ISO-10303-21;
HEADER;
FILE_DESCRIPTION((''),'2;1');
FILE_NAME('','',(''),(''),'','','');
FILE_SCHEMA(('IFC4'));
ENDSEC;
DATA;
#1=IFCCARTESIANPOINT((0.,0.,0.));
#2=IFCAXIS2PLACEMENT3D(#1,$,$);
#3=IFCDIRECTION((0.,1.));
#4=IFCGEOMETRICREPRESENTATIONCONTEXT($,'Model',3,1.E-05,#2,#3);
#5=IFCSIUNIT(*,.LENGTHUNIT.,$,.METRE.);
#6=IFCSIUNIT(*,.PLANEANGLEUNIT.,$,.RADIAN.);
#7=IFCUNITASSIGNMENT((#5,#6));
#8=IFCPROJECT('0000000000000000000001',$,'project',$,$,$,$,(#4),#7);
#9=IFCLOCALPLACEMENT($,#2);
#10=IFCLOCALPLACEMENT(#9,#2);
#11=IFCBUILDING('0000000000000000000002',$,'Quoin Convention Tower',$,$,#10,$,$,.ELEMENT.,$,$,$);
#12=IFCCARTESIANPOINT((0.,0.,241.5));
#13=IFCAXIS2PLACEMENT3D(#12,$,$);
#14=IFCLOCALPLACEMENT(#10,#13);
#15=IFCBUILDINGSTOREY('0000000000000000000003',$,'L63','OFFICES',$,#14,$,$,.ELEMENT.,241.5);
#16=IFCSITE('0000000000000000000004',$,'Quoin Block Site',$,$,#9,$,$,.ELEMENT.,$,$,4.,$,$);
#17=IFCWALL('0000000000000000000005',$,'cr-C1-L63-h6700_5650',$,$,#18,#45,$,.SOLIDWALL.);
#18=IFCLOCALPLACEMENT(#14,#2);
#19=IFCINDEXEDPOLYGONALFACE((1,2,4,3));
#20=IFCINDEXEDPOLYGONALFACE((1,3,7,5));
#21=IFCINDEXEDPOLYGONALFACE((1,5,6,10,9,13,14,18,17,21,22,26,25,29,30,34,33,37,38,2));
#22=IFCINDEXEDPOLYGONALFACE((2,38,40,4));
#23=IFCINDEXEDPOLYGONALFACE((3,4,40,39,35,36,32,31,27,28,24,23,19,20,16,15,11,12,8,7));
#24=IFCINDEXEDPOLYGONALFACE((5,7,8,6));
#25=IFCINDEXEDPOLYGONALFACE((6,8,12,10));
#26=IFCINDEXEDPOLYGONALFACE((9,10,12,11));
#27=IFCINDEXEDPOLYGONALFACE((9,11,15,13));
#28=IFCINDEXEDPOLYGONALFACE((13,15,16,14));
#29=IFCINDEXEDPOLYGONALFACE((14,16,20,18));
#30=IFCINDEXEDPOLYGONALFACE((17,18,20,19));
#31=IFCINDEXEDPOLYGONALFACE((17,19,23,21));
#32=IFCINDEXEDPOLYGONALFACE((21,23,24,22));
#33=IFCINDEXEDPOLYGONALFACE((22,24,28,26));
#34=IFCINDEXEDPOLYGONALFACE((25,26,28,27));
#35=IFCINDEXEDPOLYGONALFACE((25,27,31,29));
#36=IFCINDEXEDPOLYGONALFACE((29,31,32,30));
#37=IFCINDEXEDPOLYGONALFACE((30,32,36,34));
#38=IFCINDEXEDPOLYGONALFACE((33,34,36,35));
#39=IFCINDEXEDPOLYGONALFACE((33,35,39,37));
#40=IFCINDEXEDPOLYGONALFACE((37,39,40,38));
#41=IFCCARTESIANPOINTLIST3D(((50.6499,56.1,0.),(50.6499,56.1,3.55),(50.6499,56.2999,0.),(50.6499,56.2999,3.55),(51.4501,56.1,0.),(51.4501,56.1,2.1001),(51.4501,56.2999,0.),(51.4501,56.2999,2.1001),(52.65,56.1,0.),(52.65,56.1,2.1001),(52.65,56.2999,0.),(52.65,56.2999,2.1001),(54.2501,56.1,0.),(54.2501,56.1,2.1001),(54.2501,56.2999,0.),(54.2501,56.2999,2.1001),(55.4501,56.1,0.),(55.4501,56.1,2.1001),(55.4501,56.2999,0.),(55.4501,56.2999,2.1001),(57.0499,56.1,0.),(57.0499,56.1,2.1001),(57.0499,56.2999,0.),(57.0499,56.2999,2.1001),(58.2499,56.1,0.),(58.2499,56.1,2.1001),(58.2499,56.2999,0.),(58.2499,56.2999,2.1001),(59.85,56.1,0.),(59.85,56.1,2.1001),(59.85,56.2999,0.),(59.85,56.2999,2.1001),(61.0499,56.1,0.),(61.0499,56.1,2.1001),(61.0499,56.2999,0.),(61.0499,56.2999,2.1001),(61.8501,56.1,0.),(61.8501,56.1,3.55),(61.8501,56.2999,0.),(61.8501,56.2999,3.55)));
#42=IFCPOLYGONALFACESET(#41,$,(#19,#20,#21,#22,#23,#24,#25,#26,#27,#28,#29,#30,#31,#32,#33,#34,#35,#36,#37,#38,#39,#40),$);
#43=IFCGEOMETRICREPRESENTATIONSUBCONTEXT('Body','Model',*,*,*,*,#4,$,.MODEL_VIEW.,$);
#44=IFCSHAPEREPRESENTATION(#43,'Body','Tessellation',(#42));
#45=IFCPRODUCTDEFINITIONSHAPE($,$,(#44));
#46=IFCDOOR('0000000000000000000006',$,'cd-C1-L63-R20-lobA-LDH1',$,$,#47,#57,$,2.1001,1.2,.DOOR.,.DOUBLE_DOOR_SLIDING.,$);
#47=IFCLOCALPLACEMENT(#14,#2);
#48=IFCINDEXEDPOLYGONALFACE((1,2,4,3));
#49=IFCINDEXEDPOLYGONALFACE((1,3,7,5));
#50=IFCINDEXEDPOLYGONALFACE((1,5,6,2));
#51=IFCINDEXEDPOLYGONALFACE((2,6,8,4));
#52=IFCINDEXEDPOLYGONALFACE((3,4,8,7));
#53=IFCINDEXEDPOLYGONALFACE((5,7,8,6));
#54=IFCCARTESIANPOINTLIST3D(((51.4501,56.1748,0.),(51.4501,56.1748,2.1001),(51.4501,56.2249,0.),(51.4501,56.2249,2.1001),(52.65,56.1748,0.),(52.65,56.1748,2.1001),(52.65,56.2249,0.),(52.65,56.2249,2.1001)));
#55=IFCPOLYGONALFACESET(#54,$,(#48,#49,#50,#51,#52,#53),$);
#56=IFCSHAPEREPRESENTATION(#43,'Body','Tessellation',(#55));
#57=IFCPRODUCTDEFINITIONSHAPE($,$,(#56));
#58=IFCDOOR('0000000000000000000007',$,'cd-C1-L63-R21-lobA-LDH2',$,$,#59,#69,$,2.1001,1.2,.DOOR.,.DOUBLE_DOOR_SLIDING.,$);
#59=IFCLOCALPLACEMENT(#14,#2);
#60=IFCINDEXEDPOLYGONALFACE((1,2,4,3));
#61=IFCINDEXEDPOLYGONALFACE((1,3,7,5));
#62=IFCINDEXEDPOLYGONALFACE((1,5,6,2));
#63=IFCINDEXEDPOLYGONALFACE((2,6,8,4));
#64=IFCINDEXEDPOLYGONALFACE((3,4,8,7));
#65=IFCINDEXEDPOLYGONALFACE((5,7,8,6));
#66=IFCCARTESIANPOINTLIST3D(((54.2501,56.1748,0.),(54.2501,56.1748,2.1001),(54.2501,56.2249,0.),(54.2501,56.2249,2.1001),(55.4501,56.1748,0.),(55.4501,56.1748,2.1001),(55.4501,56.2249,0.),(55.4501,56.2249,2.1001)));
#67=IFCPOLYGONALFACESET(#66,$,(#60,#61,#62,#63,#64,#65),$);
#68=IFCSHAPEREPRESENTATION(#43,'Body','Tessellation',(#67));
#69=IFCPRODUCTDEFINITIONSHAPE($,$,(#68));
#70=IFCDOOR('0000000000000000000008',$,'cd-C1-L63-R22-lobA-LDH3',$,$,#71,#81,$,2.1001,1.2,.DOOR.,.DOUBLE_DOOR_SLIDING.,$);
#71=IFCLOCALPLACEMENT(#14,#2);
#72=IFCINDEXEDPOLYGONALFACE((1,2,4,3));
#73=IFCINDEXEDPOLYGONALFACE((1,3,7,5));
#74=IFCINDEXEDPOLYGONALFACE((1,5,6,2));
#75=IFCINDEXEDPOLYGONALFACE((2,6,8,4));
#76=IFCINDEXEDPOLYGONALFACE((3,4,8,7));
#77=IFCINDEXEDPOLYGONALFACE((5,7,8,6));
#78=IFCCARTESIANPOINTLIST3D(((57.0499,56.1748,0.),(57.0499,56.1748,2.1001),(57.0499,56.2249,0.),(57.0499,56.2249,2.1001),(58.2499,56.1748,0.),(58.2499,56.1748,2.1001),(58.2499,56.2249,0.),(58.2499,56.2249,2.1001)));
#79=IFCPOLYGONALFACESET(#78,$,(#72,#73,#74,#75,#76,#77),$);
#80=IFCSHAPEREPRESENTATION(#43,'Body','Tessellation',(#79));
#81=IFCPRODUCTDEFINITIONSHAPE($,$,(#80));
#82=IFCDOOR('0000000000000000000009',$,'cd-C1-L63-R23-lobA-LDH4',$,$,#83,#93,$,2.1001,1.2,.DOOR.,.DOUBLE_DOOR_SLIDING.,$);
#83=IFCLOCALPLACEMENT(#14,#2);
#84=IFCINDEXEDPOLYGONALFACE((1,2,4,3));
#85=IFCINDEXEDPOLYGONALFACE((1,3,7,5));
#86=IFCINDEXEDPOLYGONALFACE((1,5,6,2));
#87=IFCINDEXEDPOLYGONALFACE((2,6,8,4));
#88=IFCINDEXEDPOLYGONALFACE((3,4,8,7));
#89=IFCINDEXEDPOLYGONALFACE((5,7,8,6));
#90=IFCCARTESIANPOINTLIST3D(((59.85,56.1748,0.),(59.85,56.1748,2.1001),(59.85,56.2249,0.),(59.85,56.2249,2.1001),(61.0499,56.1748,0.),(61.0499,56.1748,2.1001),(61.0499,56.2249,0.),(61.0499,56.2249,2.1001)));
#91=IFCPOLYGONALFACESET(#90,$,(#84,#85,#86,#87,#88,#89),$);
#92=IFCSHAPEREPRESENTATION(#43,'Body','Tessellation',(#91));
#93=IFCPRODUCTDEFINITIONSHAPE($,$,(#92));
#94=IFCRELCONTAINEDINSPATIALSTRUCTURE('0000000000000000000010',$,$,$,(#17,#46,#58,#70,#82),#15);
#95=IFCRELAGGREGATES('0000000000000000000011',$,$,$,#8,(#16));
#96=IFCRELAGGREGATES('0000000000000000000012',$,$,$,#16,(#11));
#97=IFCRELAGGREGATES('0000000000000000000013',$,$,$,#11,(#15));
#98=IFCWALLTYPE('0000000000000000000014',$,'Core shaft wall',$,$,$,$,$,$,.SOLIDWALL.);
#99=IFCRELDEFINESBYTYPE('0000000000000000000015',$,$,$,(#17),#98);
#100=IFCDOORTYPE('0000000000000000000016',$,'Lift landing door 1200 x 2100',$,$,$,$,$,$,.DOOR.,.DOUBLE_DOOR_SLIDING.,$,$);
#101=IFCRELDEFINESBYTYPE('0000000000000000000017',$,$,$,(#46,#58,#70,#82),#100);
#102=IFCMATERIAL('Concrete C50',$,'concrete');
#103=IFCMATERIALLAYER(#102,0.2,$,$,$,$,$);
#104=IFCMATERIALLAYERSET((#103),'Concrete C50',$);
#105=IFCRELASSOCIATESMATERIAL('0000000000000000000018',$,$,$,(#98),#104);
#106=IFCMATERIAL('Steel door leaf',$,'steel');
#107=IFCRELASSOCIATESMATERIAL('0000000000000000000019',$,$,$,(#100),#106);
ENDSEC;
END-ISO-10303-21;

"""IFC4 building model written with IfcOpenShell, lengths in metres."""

from ifc_helpers import new_model, si_unit, direction, frame, frame_2d, origin, place, context, subcontext, project, spatial, rectangle, extrude, material, layer, layer_set, type_object, element, fill, save


model = new_model("IFC4")

# Units and contexts
model_context = context("Model", 3, precision=1e-05, world=origin(), true_north=direction((0.0, 1.0)))
body_context = subcontext(model_context, "Body", "Model", "MODEL_VIEW")
ifc_project = project(units=[si_unit("LENGTHUNIT", "METRE"), si_unit("PLANEANGLEUNIT", "RADIAN")], contexts=[model_context])

# Site, building, storey
site_placement = place(None, origin())
site = spatial("IfcSite", under=ifc_project, at=site_placement, Name="Quoin Block Site", CompositionType="ELEMENT", RefElevation=4.0)
building_placement = place(site_placement, origin())
building = spatial("IfcBuilding", under=site, at=building_placement, Name="Quoin Convention Tower", CompositionType="ELEMENT")
storey_placement = place(building_placement, frame((0.0, 0.0, 241.5)))
storey = spatial("IfcBuildingStorey", under=building, at=storey_placement, Name="L63", Description="OFFICES", CompositionType="ELEMENT", Elevation=241.5)

# Shared definitions
ifc_material_1 = material(Name="Steel door leaf", Category="steel")

# Shared definitions
ifc_material_2 = material(Name="Concrete C50", Category="concrete")
ifc_layer_1 = layer(ifc_material_2, 0.2)
ifc_layer_set_1 = layer_set([ifc_layer_1], Name="Concrete C50")
wall_type_1 = type_object("IfcWallType", Name="Core shaft wall", PredefinedType="SOLIDWALL", material=ifc_layer_set_1)

# Wall, openings, doors
wall_1_placement = place(storey_placement, frame((50.6499, 56.2, 0.0), z_axis=(0.0, 0.0, 1.0), x_axis=(1.0, 0.0, 0.0)))
wall_1 = element("IfcWall", 1, at=wall_1_placement, inside=storey, type_object=wall_type_1, Name="cr-C1-L63-h6700_5650", PredefinedType="SOLIDWALL", context=body_context, shape_type="SweptSolid", body=[
    extrude(rectangle(XDim=11.2002, YDim=0.2, at=frame_2d((5.6001, 0.0))), origin(), (0.0, 0.0, 1.0), 3.55),
])
opening_1_placement = place(wall_1_placement, frame((0.8, 0.0, 0.0)))
opening_1 = element("IfcOpeningElement", 2, at=opening_1_placement, cuts=wall_1, PredefinedType="OPENING", context=body_context, shape_type="SweptSolid", body=[
    extrude(rectangle(XDim=1.2, YDim=2.1001, at=frame_2d((0.6001, 1.05))), frame((0.0, 0.1099, 0.0), z_axis=(0.0, -1.0, 0.0), x_axis=(1.0, 0.0, 0.0)), (0.0, 0.0, 1.0), 0.22),
])
opening_2_placement = place(wall_1_placement, frame((3.6001, 0.0, 0.0)))
opening_2 = element("IfcOpeningElement", 3, at=opening_2_placement, cuts=wall_1, PredefinedType="OPENING", context=body_context, shape_type="SweptSolid", body=[
    extrude(rectangle(XDim=1.2, YDim=2.1001, at=frame_2d((0.6001, 1.05))), frame((0.0, 0.1099, 0.0), z_axis=(0.0, -1.0, 0.0), x_axis=(1.0, 0.0, 0.0)), (0.0, 0.0, 1.0), 0.22),
])
opening_3_placement = place(wall_1_placement, frame((6.3999, 0.0, 0.0)))
opening_3 = element("IfcOpeningElement", 4, at=opening_3_placement, cuts=wall_1, PredefinedType="OPENING", context=body_context, shape_type="SweptSolid", body=[
    extrude(rectangle(XDim=1.2, YDim=2.1001, at=frame_2d((0.6001, 1.05))), frame((0.0, 0.1099, 0.0), z_axis=(0.0, -1.0, 0.0), x_axis=(1.0, 0.0, 0.0)), (0.0, 0.0, 1.0), 0.22),
])
opening_4_placement = place(wall_1_placement, frame((9.2, 0.0, 0.0)))
opening_4 = element("IfcOpeningElement", 5, at=opening_4_placement, cuts=wall_1, PredefinedType="OPENING", context=body_context, shape_type="SweptSolid", body=[
    extrude(rectangle(XDim=1.2, YDim=2.1001, at=frame_2d((0.6001, 1.05))), frame((0.0, 0.1099, 0.0), z_axis=(0.0, -1.0, 0.0), x_axis=(1.0, 0.0, 0.0)), (0.0, 0.0, 1.0), 0.22),
])
door_type_1 = type_object("IfcDoorType", Name="Lift landing door 1200 x 2100", OperationType="DOUBLE_DOOR_SLIDING", PredefinedType="DOOR", material=ifc_material_1)
door_1_placement = place(opening_1_placement, origin())
door_1 = element("IfcDoor", 6, at=door_1_placement, inside=storey, type_object=door_type_1, Name="cd-C1-L63-R20-lobA-LDH1", OperationType="DOUBLE_DOOR_SLIDING", OverallHeight=2.1001, OverallWidth=1.2, PredefinedType="DOOR", context=body_context, shape_type="SweptSolid", body=[
    extrude(rectangle(XDim=1.2, YDim=2.1001, at=frame_2d((0.6001, 1.05))), frame((0.0, 0.0249, 0.0), z_axis=(0.0, -1.0, 0.0), x_axis=(1.0, 0.0, 0.0)), (0.0, 0.0, 1.0), 0.05),
])
fill(opening_1, door_1)
door_2_placement = place(opening_2_placement, origin())
door_2 = element("IfcDoor", 7, at=door_2_placement, inside=storey, type_object=door_type_1, Name="cd-C1-L63-R21-lobA-LDH2", OperationType="DOUBLE_DOOR_SLIDING", OverallHeight=2.1001, OverallWidth=1.2, PredefinedType="DOOR", context=body_context, shape_type="SweptSolid", body=[
    extrude(rectangle(XDim=1.2, YDim=2.1001, at=frame_2d((0.6001, 1.05))), frame((0.0, 0.0249, 0.0), z_axis=(0.0, -1.0, 0.0), x_axis=(1.0, 0.0, 0.0)), (0.0, 0.0, 1.0), 0.05),
])
fill(opening_2, door_2)
door_3_placement = place(opening_3_placement, origin())
door_3 = element("IfcDoor", 8, at=door_3_placement, inside=storey, type_object=door_type_1, Name="cd-C1-L63-R22-lobA-LDH3", OperationType="DOUBLE_DOOR_SLIDING", OverallHeight=2.1001, OverallWidth=1.2, PredefinedType="DOOR", context=body_context, shape_type="SweptSolid", body=[
    extrude(rectangle(XDim=1.2, YDim=2.1001, at=frame_2d((0.6001, 1.05))), frame((0.0, 0.0249, 0.0), z_axis=(0.0, -1.0, 0.0), x_axis=(1.0, 0.0, 0.0)), (0.0, 0.0, 1.0), 0.05),
])
fill(opening_3, door_3)
door_4_placement = place(opening_4_placement, origin())
door_4 = element("IfcDoor", 9, at=door_4_placement, inside=storey, type_object=door_type_1, Name="cd-C1-L63-R23-lobA-LDH4", OperationType="DOUBLE_DOOR_SLIDING", OverallHeight=2.1001, OverallWidth=1.2, PredefinedType="DOOR", context=body_context, shape_type="SweptSolid", body=[
    extrude(rectangle(XDim=1.2, YDim=2.1001, at=frame_2d((0.6001, 1.05))), frame((0.0, 0.0249, 0.0), z_axis=(0.0, -1.0, 0.0), x_axis=(1.0, 0.0, 0.0)), (0.0, 0.0, 1.0), 0.05),
])
fill(opening_4, door_4)

save(model, "model.ifc")
